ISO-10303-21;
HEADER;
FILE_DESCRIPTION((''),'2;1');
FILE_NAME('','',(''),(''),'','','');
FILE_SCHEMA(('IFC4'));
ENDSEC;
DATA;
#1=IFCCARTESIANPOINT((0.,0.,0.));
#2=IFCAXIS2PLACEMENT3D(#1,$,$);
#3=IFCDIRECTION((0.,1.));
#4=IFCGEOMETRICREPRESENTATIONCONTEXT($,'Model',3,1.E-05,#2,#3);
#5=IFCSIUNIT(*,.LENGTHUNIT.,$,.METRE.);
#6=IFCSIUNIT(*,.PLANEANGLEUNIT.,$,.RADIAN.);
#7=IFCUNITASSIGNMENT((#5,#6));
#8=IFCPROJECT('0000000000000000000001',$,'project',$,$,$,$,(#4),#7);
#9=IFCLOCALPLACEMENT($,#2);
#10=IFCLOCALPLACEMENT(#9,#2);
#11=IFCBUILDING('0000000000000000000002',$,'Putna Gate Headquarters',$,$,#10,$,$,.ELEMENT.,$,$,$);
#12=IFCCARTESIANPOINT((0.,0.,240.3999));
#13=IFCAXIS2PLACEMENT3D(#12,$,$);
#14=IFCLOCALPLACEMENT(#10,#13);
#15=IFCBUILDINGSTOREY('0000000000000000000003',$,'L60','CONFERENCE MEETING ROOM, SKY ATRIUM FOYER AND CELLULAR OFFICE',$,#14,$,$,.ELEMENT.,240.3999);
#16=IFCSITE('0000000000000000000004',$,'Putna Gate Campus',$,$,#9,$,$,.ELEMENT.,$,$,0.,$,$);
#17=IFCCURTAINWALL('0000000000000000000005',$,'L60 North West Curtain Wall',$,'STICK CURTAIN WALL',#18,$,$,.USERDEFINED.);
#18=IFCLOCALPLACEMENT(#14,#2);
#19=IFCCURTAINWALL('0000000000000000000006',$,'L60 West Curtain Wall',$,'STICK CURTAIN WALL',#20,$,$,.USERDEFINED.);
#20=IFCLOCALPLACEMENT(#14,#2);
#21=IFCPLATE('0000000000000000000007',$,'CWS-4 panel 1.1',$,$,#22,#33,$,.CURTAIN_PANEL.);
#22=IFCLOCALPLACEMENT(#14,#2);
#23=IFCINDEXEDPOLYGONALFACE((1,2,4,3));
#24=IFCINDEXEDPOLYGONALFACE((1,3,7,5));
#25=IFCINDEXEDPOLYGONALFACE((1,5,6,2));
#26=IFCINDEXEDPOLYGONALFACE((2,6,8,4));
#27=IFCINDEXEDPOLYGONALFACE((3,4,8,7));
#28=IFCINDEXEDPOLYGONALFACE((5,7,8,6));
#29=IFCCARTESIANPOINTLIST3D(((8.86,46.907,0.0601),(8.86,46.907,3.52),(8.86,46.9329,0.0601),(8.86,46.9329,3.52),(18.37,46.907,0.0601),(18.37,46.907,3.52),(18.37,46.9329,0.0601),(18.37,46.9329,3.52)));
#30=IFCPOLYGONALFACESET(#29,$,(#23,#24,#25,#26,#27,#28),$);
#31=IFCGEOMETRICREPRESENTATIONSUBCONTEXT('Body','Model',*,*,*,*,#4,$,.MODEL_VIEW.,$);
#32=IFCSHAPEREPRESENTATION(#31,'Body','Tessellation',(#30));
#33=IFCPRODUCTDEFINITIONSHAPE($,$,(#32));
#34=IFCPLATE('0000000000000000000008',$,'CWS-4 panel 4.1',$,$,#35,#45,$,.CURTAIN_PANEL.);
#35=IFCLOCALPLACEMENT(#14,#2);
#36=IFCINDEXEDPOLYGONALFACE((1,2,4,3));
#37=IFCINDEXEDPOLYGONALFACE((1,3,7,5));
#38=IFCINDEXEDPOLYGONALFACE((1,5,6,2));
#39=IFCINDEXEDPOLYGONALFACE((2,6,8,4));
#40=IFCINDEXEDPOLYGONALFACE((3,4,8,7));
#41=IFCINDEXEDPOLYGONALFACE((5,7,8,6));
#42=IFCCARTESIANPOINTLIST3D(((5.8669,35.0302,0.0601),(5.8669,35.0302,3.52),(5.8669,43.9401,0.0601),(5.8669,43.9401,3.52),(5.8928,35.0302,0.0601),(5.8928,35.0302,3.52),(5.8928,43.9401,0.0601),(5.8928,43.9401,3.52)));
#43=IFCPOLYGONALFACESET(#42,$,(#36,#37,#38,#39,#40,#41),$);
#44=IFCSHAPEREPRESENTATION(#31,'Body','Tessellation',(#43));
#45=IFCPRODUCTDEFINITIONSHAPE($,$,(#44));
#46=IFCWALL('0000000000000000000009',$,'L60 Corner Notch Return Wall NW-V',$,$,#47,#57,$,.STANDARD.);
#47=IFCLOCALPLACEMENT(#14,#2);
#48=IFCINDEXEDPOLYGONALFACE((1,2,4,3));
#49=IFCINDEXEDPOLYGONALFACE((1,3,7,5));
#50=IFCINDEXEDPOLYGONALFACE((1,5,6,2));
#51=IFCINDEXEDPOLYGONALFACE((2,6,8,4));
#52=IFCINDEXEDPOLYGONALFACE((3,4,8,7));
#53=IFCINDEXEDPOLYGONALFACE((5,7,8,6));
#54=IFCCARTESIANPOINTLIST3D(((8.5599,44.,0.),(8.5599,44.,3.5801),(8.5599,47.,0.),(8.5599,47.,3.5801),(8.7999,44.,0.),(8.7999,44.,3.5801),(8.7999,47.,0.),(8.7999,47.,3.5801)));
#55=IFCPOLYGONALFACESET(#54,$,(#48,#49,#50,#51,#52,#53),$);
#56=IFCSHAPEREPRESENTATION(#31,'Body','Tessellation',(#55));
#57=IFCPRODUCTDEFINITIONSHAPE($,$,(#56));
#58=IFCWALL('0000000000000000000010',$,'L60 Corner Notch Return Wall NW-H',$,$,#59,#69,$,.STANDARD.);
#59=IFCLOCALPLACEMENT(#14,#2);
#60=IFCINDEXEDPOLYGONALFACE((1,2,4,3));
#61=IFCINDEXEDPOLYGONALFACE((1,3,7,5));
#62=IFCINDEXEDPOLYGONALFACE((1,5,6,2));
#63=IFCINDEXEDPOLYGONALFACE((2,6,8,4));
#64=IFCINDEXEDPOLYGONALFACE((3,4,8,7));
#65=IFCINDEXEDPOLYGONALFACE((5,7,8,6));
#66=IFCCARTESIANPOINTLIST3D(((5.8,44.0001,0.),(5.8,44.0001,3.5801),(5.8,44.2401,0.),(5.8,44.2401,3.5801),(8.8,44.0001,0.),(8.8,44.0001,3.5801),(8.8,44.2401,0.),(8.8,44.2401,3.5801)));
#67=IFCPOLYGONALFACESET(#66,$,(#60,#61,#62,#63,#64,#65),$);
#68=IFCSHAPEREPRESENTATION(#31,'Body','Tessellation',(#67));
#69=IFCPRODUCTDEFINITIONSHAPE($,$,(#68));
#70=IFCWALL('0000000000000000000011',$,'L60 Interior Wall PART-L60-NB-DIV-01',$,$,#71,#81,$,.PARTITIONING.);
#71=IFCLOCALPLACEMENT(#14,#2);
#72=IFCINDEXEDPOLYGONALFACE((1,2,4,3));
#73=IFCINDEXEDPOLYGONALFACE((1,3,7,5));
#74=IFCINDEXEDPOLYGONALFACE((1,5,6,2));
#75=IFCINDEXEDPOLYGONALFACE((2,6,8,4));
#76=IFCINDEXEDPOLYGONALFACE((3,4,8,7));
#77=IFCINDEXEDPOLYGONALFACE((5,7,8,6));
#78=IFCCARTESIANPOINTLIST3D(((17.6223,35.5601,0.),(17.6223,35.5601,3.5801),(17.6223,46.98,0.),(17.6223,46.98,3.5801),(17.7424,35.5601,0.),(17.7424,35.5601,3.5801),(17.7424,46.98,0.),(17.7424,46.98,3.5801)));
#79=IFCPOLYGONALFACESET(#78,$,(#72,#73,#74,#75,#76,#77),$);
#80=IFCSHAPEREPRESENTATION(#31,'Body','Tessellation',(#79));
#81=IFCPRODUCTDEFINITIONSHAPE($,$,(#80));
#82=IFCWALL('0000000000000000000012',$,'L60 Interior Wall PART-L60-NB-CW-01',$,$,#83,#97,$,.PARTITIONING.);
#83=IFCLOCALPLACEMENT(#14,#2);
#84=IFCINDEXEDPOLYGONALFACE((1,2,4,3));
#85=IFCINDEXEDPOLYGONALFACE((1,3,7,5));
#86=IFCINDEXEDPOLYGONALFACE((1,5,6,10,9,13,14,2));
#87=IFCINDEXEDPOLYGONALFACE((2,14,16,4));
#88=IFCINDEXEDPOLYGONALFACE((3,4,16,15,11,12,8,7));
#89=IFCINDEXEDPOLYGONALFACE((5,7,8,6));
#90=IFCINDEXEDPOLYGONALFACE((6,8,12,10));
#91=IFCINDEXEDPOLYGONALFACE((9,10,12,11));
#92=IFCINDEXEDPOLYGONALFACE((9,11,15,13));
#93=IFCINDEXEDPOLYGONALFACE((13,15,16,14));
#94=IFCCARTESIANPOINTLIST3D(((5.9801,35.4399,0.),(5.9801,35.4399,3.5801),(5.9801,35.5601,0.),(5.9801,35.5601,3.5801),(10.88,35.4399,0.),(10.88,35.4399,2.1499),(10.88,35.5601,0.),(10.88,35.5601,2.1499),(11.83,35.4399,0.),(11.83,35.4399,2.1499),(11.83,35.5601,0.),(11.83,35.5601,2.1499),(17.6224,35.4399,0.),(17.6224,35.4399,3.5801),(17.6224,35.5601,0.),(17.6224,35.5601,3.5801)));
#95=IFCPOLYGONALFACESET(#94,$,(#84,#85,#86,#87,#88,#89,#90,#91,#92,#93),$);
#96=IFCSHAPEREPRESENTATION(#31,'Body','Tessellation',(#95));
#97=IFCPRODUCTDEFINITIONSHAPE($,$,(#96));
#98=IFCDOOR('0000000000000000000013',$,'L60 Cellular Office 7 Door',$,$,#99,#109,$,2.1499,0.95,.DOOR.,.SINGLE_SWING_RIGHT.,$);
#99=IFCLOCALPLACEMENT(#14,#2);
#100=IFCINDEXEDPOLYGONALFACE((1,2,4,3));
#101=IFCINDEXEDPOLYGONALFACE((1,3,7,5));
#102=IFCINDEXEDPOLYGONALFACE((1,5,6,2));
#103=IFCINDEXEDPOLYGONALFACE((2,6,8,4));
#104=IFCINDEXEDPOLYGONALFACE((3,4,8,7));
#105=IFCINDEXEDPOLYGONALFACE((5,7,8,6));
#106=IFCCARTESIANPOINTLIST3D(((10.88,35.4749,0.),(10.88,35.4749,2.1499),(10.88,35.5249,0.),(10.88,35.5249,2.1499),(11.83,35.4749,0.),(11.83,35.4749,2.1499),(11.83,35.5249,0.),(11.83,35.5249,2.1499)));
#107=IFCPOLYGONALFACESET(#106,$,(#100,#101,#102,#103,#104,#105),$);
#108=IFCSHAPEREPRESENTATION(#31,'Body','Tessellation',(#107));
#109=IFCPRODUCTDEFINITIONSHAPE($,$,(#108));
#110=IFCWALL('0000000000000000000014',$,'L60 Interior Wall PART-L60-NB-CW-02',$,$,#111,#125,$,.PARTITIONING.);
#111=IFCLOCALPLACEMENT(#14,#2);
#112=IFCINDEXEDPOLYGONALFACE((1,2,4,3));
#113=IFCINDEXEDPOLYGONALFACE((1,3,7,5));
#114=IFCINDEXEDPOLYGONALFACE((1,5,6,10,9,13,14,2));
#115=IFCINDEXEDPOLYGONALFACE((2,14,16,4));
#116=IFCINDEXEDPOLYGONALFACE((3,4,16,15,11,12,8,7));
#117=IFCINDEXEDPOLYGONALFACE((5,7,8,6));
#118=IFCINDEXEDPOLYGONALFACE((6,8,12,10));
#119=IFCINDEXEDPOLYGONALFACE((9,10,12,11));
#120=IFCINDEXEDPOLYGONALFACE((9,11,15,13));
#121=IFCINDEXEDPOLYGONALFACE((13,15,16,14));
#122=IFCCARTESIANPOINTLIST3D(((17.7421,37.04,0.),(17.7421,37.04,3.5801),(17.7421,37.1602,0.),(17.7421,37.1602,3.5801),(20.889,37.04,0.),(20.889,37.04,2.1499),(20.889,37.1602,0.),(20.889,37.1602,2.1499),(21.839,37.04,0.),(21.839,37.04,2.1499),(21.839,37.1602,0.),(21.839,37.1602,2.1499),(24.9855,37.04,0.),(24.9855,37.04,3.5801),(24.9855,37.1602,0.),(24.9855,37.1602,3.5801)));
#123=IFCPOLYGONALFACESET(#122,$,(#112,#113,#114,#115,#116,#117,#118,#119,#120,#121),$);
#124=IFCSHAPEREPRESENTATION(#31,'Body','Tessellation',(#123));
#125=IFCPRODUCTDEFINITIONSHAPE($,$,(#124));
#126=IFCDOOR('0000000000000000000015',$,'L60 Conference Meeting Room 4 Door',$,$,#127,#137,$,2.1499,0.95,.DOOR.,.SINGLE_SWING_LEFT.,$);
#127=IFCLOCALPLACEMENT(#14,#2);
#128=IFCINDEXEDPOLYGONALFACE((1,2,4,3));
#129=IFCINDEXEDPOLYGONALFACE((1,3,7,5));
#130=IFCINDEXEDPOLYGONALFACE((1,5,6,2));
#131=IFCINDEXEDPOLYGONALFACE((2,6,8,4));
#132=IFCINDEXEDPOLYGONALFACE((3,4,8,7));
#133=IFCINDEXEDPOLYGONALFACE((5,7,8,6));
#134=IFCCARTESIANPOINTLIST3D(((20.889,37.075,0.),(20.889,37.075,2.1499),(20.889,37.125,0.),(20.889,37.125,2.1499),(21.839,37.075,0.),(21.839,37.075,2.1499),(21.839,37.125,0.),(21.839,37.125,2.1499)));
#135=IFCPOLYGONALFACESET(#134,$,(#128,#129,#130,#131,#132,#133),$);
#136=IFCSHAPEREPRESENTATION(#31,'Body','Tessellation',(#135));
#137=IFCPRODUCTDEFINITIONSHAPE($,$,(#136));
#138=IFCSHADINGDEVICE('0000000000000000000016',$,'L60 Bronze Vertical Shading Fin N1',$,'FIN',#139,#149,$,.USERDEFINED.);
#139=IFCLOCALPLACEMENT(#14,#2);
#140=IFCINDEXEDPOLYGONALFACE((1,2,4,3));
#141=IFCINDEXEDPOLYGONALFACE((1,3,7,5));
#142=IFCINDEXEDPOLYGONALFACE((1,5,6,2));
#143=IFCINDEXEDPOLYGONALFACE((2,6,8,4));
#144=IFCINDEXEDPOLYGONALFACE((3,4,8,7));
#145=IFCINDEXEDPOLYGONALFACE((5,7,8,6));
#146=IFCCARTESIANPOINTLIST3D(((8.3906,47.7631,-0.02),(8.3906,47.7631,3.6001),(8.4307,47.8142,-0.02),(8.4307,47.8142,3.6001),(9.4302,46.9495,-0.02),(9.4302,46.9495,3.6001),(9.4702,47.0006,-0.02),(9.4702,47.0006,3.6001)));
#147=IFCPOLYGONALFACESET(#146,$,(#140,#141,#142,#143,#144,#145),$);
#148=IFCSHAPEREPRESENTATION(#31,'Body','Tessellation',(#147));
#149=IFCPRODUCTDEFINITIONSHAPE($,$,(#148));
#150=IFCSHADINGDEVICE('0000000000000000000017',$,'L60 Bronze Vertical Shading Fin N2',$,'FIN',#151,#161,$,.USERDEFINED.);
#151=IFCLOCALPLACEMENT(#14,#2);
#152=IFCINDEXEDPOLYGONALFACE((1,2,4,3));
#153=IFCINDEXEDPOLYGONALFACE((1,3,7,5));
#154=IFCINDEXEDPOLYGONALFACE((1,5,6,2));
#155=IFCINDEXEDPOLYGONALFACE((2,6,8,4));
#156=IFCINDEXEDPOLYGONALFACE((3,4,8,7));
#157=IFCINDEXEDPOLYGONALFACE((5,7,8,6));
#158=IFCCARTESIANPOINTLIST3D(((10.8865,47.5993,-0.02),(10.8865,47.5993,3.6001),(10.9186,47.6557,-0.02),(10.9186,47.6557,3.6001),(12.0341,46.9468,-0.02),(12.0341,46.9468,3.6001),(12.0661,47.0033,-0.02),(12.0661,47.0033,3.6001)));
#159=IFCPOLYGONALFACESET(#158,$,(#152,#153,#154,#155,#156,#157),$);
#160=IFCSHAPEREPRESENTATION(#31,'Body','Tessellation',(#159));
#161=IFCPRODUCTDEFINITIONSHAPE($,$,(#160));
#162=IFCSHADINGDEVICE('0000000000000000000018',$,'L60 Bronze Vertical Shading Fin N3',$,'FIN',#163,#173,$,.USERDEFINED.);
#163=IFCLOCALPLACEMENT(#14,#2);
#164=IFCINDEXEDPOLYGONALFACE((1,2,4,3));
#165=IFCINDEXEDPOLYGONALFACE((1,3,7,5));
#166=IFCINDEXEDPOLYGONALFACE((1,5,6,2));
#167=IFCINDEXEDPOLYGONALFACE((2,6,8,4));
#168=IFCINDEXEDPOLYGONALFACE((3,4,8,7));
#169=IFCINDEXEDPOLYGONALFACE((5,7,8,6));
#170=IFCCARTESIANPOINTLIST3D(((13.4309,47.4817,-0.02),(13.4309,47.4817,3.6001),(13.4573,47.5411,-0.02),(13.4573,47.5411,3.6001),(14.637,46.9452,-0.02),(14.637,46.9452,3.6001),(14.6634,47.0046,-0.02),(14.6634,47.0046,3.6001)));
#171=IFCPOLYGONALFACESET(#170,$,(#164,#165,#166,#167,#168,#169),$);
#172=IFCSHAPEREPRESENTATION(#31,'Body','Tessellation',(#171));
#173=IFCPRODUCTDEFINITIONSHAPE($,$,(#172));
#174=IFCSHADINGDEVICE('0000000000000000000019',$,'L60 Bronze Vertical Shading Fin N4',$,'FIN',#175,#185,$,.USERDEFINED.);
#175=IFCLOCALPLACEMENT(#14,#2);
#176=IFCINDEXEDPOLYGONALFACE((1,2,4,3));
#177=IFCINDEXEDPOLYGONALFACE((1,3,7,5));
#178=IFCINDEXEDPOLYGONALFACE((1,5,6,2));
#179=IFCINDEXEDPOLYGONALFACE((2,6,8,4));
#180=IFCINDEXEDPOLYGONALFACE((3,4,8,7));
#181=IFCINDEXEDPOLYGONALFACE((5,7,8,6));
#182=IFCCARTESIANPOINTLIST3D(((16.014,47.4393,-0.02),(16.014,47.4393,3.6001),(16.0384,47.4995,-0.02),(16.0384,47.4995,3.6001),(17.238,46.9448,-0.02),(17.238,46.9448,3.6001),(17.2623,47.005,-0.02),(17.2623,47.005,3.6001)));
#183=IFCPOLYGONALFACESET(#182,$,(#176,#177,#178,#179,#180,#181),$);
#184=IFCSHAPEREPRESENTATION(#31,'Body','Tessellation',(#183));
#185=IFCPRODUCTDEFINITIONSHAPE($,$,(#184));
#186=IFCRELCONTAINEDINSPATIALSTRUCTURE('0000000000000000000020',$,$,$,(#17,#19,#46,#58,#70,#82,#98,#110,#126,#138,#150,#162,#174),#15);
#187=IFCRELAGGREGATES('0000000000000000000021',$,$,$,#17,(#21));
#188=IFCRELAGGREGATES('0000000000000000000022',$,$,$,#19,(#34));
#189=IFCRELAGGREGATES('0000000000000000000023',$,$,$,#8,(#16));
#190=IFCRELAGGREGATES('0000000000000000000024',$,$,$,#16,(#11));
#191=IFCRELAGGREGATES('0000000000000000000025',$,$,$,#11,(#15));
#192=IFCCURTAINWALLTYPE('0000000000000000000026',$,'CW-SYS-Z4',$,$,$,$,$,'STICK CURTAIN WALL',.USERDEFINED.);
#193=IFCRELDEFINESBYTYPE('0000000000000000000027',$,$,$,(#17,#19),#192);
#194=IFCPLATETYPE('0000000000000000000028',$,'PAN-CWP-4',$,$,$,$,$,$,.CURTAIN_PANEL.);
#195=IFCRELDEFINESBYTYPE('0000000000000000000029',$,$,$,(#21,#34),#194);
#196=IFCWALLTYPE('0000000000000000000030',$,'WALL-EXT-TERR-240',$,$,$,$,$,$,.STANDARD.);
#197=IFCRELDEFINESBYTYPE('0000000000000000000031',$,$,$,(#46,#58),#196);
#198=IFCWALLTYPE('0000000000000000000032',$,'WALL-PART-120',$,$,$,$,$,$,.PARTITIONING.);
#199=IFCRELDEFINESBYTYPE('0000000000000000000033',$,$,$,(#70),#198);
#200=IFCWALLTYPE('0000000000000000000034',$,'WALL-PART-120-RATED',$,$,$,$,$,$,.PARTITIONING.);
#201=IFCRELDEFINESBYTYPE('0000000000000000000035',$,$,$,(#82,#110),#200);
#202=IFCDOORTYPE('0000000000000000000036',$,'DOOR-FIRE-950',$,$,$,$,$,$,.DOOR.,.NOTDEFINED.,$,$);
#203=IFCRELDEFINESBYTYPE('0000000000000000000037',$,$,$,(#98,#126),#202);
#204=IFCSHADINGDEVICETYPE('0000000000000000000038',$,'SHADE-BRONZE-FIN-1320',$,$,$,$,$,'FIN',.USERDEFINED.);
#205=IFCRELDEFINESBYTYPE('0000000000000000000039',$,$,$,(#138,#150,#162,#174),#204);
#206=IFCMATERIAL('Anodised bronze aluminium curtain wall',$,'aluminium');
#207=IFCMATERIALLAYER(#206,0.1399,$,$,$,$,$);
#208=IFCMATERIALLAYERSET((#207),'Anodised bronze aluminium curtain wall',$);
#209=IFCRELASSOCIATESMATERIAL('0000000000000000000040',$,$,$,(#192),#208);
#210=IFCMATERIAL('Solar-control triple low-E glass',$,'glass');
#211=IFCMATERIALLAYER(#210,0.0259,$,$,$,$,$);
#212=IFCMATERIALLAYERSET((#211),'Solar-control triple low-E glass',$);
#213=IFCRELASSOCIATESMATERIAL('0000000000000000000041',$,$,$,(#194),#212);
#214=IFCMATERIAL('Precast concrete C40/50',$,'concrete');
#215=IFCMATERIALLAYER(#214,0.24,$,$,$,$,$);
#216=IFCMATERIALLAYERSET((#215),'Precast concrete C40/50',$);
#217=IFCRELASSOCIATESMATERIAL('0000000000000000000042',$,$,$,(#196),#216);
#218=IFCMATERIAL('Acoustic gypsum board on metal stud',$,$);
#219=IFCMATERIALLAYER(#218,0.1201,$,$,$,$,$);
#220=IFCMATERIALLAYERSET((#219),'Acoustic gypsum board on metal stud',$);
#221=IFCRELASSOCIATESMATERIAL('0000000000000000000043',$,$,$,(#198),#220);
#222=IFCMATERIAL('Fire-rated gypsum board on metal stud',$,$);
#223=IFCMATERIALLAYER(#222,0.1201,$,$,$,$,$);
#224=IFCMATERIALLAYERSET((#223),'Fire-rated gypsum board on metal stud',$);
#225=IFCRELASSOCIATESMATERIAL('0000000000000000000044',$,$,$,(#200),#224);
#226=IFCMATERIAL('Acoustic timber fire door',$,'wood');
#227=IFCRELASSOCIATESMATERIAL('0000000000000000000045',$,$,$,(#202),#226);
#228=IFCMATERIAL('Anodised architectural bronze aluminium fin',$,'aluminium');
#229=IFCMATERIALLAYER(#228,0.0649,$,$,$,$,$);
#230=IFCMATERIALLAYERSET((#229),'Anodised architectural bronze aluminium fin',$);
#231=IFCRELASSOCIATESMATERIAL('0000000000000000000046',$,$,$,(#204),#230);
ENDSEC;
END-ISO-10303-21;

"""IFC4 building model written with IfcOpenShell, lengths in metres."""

from ifc_helpers import new_model, si_unit, direction, frame, frame_2d, origin, origin_2d, place, context, subcontext, project, spatial, rectangle, extrude, material, layer, layer_set, type_object, element, fill, aggregate, save


model = new_model("IFC4")

# Units and contexts
model_context = context("Model", 3, precision=1e-05, world=origin(), true_north=direction((0.0, 1.0)))
body_context = subcontext(model_context, "Body", "Model", "MODEL_VIEW")
ifc_project = project(units=[si_unit("LENGTHUNIT", "METRE"), si_unit("PLANEANGLEUNIT", "RADIAN")], contexts=[model_context])

# Site, building, storey
site_placement = place(None, origin())
site = spatial("IfcSite", under=ifc_project, at=site_placement, Name="Putna Gate Campus", CompositionType="ELEMENT", RefElevation=0.0)
building_placement = place(site_placement, origin())
building = spatial("IfcBuilding", under=site, at=building_placement, Name="Putna Gate Headquarters", CompositionType="ELEMENT")
storey_placement = place(building_placement, frame((0.0, 0.0, 240.3999)))
storey = spatial("IfcBuildingStorey", under=building, at=storey_placement, Name="L60", Description="CONFERENCE MEETING ROOM, SKY ATRIUM FOYER AND CELLULAR OFFICE", CompositionType="ELEMENT", Elevation=240.3999)

# Curtain wall
ifc_material_1 = material(Name="Anodised bronze aluminium curtain wall", Category="aluminium")
ifc_layer_1 = layer(ifc_material_1, 0.1399)
ifc_layer_set_1 = layer_set([ifc_layer_1], Name="Anodised bronze aluminium curtain wall")
curtain_wall_type = type_object("IfcCurtainWallType", Name="CW-SYS-Z4", ElementType="STICK CURTAIN WALL", PredefinedType="USERDEFINED", material=ifc_layer_set_1)
curtain_wall_1_placement = place(storey_placement, origin())
curtain_wall_1 = element("IfcCurtainWall", 1, at=curtain_wall_1_placement, inside=storey, type_object=curtain_wall_type, Name="L60 North West Curtain Wall", ObjectType="STICK CURTAIN WALL", PredefinedType="USERDEFINED")

# Curtain wall
curtain_wall_2_placement = place(storey_placement, origin())
curtain_wall_2 = element("IfcCurtainWall", 2, at=curtain_wall_2_placement, inside=storey, type_object=curtain_wall_type, Name="L60 West Curtain Wall", ObjectType="STICK CURTAIN WALL", PredefinedType="USERDEFINED")

# Plates
ifc_material_2 = material(Name="Solar-control triple low-E glass", Category="glass")
ifc_layer_2 = layer(ifc_material_2, 0.0259)
ifc_layer_set_2 = layer_set([ifc_layer_2], Name="Solar-control triple low-E glass")
plate_type = type_object("IfcPlateType", Name="PAN-CWP-4", PredefinedType="CURTAIN_PANEL", material=ifc_layer_set_2)
plate_1_placement = place(storey_placement, frame((13.615, 46.9199, 0.0601), z_axis=(0.0, 0.0, 1.0), x_axis=(1.0, 0.0, 0.0)))
plate_1 = element("IfcPlate", 3, at=plate_1_placement, type_object=plate_type, Name="CWS-4 panel 1.1", PredefinedType="CURTAIN_PANEL", context=body_context, shape_type="SweptSolid", body=[
    extrude(rectangle(XDim=9.51, YDim=0.0259, at=origin_2d()), origin(), (0.0, 0.0, 1.0), 3.46),
])
aggregate(curtain_wall_1, [plate_1])
plate_2_placement = place(storey_placement, frame((5.8799, 39.4851, 0.0601), z_axis=(0.0, 0.0, 1.0), x_axis=(0.0, 1.0, 0.0)))
plate_2 = element("IfcPlate", 4, at=plate_2_placement, type_object=plate_type, Name="CWS-4 panel 4.1", PredefinedType="CURTAIN_PANEL", context=body_context, shape_type="SweptSolid", body=[
    extrude(rectangle(XDim=8.9099, YDim=0.0259, at=origin_2d()), origin(), (0.0, 0.0, 1.0), 3.46),
])
aggregate(curtain_wall_2, [plate_2])

# Walls
ifc_material_3 = material(Name="Precast concrete C40/50", Category="concrete")
ifc_layer_3 = layer(ifc_material_3, 0.24)
ifc_layer_set_3 = layer_set([ifc_layer_3], Name="Precast concrete C40/50")
wall_type_1 = type_object("IfcWallType", Name="WALL-EXT-TERR-240", PredefinedType="STANDARD", material=ifc_layer_set_3)
for number, where, z_axis, x_axis, name in (
    (5, (8.6799, 44.0, 0.0), (0.0, 0.0, 1.0), (0.0, 1.0, 0.0), "L60 Corner Notch Return Wall NW-V"),
    (6, (5.8, 44.1201, 0.0), (0.0, 0.0, 1.0), (1.0, 0.0, 0.0), "L60 Corner Notch Return Wall NW-H"),
):
    element("IfcWall", number, at=place(storey_placement, frame(where, z_axis=z_axis, x_axis=x_axis)), inside=storey, type_object=wall_type_1, Name=name, PredefinedType="STANDARD", context=body_context, shape_type="SweptSolid", body=[
        extrude(rectangle(XDim=3.0, YDim=0.24, at=frame_2d((1.5, 0.0))), origin(), (0.0, 0.0, 1.0), 3.5801),
    ])
ifc_material_4 = material(Name="Acoustic gypsum board on metal stud")
ifc_layer_4 = layer(ifc_material_4, 0.1201)
ifc_layer_set_4 = layer_set([ifc_layer_4], Name="Acoustic gypsum board on metal stud")
wall_type_2 = type_object("IfcWallType", Name="WALL-PART-120", PredefinedType="PARTITIONING", material=ifc_layer_set_4)
wall_1_placement = place(storey_placement, frame((17.6824, 35.5601, 0.0), z_axis=(0.0, 0.0, 1.0), x_axis=(0.0, 1.0, 0.0)))
element("IfcWall", 7, at=wall_1_placement, inside=storey, type_object=wall_type_2, Name="L60 Interior Wall PART-L60-NB-DIV-01", PredefinedType="PARTITIONING", context=body_context, shape_type="SweptSolid", body=[
    extrude(rectangle(XDim=11.4199, YDim=0.1201, at=frame_2d((5.71, 0.0))), origin(), (0.0, 0.0, 1.0), 3.5801),
])

# Walls, openings, doors
ifc_material_5 = material(Name="Fire-rated gypsum board on metal stud")
ifc_layer_5 = layer(ifc_material_5, 0.1201)
ifc_layer_set_5 = layer_set([ifc_layer_5], Name="Fire-rated gypsum board on metal stud")
wall_type_3 = type_object("IfcWallType", Name="WALL-PART-120-RATED", PredefinedType="PARTITIONING", material=ifc_layer_set_5)
wall_2_placement = place(storey_placement, frame((5.98, 35.5, 0.0), z_axis=(0.0, 0.0, 1.0), x_axis=(1.0, 0.0, 0.0)))
wall_2 = element("IfcWall", 8, at=wall_2_placement, inside=storey, type_object=wall_type_3, Name="L60 Interior Wall PART-L60-NB-CW-01", PredefinedType="PARTITIONING", context=body_context, shape_type="SweptSolid", body=[
    extrude(rectangle(XDim=11.6423, YDim=0.1201, at=frame_2d((5.8213, 0.0))), origin(), (0.0, 0.0, 1.0), 3.5801),
])
opening_1_placement = place(wall_2_placement, frame((4.8999, 0.0, 0.0)))
opening_1 = element("IfcOpeningElement", 9, at=opening_1_placement, cuts=wall_2, PredefinedType="OPENING", context=body_context, shape_type="SweptSolid", body=[
    extrude(rectangle(XDim=0.95, YDim=2.1499, at=frame_2d((0.4751, 1.075))), frame((0.0, 0.0701, 0.0), z_axis=(0.0, -1.0, 0.0), x_axis=(1.0, 0.0, 0.0)), (0.0, 0.0, 1.0), 0.1401),
])
ifc_material_6 = material(Name="Acoustic timber fire door", Category="wood")
door_type = type_object("IfcDoorType", Name="DOOR-FIRE-950", OperationType="NOTDEFINED", PredefinedType="DOOR", material=ifc_material_6)
door_1_placement = place(opening_1_placement, origin())
door_1 = element("IfcDoor", 10, at=door_1_placement, inside=storey, type_object=door_type, Name="L60 Cellular Office 7 Door", OperationType="SINGLE_SWING_RIGHT", OverallHeight=2.1499, OverallWidth=0.95, PredefinedType="DOOR", context=body_context, shape_type="SweptSolid", body=[
    extrude(rectangle(XDim=0.95, YDim=2.1499, at=frame_2d((0.4751, 1.075))), frame((0.0, 0.0249, 0.0), z_axis=(0.0, -1.0, 0.0), x_axis=(1.0, 0.0, 0.0)), (0.0, 0.0, 1.0), 0.05),
])
fill(opening_1, door_1)
wall_3_placement = place(storey_placement, frame((17.7422, 37.1001, 0.0), z_axis=(0.0, 0.0, 1.0), x_axis=(1.0, 0.0, 0.0)))
wall_3 = element("IfcWall", 11, at=wall_3_placement, inside=storey, type_object=wall_type_3, Name="L60 Interior Wall PART-L60-NB-CW-02", PredefinedType="PARTITIONING", context=body_context, shape_type="SweptSolid", body=[
    extrude(rectangle(XDim=7.2434, YDim=0.1201, at=frame_2d((3.6216, 0.0))), origin(), (0.0, 0.0, 1.0), 3.5801),
])
opening_2_placement = place(wall_3_placement, frame((3.1467, 0.0, 0.0)))
opening_2 = element("IfcOpeningElement", 12, at=opening_2_placement, cuts=wall_3, PredefinedType="OPENING", context=body_context, shape_type="SweptSolid", body=[
    extrude(rectangle(XDim=0.95, YDim=2.1499, at=frame_2d((0.4751, 1.075))), frame((0.0, 0.0701, 0.0), z_axis=(0.0, -1.0, 0.0), x_axis=(1.0, 0.0, 0.0)), (0.0, 0.0, 1.0), 0.1401),
])
door_2_placement = place(opening_2_placement, origin())
door_2 = element("IfcDoor", 13, at=door_2_placement, inside=storey, type_object=door_type, Name="L60 Conference Meeting Room 4 Door", OperationType="SINGLE_SWING_LEFT", OverallHeight=2.1499, OverallWidth=0.95, PredefinedType="DOOR", context=body_context, shape_type="SweptSolid", body=[
    extrude(rectangle(XDim=0.95, YDim=2.1499, at=frame_2d((0.4751, 1.075))), frame((0.0, 0.0249, 0.0), z_axis=(0.0, -1.0, 0.0), x_axis=(1.0, 0.0, 0.0)), (0.0, 0.0, 1.0), 0.05),
])
fill(opening_2, door_2)

# Shading devices
ifc_material_7 = material(Name="Anodised architectural bronze aluminium fin", Category="aluminium")
ifc_layer_6 = layer(ifc_material_7, 0.0649)
ifc_layer_set_6 = layer_set([ifc_layer_6], Name="Anodised architectural bronze aluminium fin")
shading_device_type = type_object("IfcShadingDeviceType", Name="SHADE-BRONZE-FIN-1320", ElementType="FIN", PredefinedType="USERDEFINED", material=ifc_layer_set_6)
for number, where, z_axis, x_axis, name in (
    (14, (8.9304, 47.3818, -0.02), (0.0, 0.0, 1.0), (-0.787473, 0.616349, 0.0), "L60 Bronze Vertical Shading Fin N1"),
    (15, (11.4763, 47.3013, -0.02), (0.0, 0.0, 1.0), (-0.869322, 0.494245, 0.0), "L60 Bronze Vertical Shading Fin N2"),
    (16, (14.0471, 47.2432, -0.02), (0.0, 0.0, 1.0), (-0.913687, 0.406418, 0.0), "L60 Bronze Vertical Shading Fin N3"),
    (17, (16.6382, 47.2222, -0.02), (0.0, 0.0, 1.0), (-0.927184, 0.374607, 0.0), "L60 Bronze Vertical Shading Fin N4"),
):
    element("IfcShadingDevice", number, at=place(storey_placement, frame(where, z_axis=z_axis, x_axis=x_axis)), inside=storey, type_object=shading_device_type, Name=name, ObjectType="FIN", PredefinedType="USERDEFINED", context=body_context, shape_type="SweptSolid", body=[
        extrude(rectangle(XDim=1.3201, YDim=0.0649, at=origin_2d()), origin(), (0.0, 0.0, 1.0), 3.6201),
    ])

save(model, "model.ifc")
